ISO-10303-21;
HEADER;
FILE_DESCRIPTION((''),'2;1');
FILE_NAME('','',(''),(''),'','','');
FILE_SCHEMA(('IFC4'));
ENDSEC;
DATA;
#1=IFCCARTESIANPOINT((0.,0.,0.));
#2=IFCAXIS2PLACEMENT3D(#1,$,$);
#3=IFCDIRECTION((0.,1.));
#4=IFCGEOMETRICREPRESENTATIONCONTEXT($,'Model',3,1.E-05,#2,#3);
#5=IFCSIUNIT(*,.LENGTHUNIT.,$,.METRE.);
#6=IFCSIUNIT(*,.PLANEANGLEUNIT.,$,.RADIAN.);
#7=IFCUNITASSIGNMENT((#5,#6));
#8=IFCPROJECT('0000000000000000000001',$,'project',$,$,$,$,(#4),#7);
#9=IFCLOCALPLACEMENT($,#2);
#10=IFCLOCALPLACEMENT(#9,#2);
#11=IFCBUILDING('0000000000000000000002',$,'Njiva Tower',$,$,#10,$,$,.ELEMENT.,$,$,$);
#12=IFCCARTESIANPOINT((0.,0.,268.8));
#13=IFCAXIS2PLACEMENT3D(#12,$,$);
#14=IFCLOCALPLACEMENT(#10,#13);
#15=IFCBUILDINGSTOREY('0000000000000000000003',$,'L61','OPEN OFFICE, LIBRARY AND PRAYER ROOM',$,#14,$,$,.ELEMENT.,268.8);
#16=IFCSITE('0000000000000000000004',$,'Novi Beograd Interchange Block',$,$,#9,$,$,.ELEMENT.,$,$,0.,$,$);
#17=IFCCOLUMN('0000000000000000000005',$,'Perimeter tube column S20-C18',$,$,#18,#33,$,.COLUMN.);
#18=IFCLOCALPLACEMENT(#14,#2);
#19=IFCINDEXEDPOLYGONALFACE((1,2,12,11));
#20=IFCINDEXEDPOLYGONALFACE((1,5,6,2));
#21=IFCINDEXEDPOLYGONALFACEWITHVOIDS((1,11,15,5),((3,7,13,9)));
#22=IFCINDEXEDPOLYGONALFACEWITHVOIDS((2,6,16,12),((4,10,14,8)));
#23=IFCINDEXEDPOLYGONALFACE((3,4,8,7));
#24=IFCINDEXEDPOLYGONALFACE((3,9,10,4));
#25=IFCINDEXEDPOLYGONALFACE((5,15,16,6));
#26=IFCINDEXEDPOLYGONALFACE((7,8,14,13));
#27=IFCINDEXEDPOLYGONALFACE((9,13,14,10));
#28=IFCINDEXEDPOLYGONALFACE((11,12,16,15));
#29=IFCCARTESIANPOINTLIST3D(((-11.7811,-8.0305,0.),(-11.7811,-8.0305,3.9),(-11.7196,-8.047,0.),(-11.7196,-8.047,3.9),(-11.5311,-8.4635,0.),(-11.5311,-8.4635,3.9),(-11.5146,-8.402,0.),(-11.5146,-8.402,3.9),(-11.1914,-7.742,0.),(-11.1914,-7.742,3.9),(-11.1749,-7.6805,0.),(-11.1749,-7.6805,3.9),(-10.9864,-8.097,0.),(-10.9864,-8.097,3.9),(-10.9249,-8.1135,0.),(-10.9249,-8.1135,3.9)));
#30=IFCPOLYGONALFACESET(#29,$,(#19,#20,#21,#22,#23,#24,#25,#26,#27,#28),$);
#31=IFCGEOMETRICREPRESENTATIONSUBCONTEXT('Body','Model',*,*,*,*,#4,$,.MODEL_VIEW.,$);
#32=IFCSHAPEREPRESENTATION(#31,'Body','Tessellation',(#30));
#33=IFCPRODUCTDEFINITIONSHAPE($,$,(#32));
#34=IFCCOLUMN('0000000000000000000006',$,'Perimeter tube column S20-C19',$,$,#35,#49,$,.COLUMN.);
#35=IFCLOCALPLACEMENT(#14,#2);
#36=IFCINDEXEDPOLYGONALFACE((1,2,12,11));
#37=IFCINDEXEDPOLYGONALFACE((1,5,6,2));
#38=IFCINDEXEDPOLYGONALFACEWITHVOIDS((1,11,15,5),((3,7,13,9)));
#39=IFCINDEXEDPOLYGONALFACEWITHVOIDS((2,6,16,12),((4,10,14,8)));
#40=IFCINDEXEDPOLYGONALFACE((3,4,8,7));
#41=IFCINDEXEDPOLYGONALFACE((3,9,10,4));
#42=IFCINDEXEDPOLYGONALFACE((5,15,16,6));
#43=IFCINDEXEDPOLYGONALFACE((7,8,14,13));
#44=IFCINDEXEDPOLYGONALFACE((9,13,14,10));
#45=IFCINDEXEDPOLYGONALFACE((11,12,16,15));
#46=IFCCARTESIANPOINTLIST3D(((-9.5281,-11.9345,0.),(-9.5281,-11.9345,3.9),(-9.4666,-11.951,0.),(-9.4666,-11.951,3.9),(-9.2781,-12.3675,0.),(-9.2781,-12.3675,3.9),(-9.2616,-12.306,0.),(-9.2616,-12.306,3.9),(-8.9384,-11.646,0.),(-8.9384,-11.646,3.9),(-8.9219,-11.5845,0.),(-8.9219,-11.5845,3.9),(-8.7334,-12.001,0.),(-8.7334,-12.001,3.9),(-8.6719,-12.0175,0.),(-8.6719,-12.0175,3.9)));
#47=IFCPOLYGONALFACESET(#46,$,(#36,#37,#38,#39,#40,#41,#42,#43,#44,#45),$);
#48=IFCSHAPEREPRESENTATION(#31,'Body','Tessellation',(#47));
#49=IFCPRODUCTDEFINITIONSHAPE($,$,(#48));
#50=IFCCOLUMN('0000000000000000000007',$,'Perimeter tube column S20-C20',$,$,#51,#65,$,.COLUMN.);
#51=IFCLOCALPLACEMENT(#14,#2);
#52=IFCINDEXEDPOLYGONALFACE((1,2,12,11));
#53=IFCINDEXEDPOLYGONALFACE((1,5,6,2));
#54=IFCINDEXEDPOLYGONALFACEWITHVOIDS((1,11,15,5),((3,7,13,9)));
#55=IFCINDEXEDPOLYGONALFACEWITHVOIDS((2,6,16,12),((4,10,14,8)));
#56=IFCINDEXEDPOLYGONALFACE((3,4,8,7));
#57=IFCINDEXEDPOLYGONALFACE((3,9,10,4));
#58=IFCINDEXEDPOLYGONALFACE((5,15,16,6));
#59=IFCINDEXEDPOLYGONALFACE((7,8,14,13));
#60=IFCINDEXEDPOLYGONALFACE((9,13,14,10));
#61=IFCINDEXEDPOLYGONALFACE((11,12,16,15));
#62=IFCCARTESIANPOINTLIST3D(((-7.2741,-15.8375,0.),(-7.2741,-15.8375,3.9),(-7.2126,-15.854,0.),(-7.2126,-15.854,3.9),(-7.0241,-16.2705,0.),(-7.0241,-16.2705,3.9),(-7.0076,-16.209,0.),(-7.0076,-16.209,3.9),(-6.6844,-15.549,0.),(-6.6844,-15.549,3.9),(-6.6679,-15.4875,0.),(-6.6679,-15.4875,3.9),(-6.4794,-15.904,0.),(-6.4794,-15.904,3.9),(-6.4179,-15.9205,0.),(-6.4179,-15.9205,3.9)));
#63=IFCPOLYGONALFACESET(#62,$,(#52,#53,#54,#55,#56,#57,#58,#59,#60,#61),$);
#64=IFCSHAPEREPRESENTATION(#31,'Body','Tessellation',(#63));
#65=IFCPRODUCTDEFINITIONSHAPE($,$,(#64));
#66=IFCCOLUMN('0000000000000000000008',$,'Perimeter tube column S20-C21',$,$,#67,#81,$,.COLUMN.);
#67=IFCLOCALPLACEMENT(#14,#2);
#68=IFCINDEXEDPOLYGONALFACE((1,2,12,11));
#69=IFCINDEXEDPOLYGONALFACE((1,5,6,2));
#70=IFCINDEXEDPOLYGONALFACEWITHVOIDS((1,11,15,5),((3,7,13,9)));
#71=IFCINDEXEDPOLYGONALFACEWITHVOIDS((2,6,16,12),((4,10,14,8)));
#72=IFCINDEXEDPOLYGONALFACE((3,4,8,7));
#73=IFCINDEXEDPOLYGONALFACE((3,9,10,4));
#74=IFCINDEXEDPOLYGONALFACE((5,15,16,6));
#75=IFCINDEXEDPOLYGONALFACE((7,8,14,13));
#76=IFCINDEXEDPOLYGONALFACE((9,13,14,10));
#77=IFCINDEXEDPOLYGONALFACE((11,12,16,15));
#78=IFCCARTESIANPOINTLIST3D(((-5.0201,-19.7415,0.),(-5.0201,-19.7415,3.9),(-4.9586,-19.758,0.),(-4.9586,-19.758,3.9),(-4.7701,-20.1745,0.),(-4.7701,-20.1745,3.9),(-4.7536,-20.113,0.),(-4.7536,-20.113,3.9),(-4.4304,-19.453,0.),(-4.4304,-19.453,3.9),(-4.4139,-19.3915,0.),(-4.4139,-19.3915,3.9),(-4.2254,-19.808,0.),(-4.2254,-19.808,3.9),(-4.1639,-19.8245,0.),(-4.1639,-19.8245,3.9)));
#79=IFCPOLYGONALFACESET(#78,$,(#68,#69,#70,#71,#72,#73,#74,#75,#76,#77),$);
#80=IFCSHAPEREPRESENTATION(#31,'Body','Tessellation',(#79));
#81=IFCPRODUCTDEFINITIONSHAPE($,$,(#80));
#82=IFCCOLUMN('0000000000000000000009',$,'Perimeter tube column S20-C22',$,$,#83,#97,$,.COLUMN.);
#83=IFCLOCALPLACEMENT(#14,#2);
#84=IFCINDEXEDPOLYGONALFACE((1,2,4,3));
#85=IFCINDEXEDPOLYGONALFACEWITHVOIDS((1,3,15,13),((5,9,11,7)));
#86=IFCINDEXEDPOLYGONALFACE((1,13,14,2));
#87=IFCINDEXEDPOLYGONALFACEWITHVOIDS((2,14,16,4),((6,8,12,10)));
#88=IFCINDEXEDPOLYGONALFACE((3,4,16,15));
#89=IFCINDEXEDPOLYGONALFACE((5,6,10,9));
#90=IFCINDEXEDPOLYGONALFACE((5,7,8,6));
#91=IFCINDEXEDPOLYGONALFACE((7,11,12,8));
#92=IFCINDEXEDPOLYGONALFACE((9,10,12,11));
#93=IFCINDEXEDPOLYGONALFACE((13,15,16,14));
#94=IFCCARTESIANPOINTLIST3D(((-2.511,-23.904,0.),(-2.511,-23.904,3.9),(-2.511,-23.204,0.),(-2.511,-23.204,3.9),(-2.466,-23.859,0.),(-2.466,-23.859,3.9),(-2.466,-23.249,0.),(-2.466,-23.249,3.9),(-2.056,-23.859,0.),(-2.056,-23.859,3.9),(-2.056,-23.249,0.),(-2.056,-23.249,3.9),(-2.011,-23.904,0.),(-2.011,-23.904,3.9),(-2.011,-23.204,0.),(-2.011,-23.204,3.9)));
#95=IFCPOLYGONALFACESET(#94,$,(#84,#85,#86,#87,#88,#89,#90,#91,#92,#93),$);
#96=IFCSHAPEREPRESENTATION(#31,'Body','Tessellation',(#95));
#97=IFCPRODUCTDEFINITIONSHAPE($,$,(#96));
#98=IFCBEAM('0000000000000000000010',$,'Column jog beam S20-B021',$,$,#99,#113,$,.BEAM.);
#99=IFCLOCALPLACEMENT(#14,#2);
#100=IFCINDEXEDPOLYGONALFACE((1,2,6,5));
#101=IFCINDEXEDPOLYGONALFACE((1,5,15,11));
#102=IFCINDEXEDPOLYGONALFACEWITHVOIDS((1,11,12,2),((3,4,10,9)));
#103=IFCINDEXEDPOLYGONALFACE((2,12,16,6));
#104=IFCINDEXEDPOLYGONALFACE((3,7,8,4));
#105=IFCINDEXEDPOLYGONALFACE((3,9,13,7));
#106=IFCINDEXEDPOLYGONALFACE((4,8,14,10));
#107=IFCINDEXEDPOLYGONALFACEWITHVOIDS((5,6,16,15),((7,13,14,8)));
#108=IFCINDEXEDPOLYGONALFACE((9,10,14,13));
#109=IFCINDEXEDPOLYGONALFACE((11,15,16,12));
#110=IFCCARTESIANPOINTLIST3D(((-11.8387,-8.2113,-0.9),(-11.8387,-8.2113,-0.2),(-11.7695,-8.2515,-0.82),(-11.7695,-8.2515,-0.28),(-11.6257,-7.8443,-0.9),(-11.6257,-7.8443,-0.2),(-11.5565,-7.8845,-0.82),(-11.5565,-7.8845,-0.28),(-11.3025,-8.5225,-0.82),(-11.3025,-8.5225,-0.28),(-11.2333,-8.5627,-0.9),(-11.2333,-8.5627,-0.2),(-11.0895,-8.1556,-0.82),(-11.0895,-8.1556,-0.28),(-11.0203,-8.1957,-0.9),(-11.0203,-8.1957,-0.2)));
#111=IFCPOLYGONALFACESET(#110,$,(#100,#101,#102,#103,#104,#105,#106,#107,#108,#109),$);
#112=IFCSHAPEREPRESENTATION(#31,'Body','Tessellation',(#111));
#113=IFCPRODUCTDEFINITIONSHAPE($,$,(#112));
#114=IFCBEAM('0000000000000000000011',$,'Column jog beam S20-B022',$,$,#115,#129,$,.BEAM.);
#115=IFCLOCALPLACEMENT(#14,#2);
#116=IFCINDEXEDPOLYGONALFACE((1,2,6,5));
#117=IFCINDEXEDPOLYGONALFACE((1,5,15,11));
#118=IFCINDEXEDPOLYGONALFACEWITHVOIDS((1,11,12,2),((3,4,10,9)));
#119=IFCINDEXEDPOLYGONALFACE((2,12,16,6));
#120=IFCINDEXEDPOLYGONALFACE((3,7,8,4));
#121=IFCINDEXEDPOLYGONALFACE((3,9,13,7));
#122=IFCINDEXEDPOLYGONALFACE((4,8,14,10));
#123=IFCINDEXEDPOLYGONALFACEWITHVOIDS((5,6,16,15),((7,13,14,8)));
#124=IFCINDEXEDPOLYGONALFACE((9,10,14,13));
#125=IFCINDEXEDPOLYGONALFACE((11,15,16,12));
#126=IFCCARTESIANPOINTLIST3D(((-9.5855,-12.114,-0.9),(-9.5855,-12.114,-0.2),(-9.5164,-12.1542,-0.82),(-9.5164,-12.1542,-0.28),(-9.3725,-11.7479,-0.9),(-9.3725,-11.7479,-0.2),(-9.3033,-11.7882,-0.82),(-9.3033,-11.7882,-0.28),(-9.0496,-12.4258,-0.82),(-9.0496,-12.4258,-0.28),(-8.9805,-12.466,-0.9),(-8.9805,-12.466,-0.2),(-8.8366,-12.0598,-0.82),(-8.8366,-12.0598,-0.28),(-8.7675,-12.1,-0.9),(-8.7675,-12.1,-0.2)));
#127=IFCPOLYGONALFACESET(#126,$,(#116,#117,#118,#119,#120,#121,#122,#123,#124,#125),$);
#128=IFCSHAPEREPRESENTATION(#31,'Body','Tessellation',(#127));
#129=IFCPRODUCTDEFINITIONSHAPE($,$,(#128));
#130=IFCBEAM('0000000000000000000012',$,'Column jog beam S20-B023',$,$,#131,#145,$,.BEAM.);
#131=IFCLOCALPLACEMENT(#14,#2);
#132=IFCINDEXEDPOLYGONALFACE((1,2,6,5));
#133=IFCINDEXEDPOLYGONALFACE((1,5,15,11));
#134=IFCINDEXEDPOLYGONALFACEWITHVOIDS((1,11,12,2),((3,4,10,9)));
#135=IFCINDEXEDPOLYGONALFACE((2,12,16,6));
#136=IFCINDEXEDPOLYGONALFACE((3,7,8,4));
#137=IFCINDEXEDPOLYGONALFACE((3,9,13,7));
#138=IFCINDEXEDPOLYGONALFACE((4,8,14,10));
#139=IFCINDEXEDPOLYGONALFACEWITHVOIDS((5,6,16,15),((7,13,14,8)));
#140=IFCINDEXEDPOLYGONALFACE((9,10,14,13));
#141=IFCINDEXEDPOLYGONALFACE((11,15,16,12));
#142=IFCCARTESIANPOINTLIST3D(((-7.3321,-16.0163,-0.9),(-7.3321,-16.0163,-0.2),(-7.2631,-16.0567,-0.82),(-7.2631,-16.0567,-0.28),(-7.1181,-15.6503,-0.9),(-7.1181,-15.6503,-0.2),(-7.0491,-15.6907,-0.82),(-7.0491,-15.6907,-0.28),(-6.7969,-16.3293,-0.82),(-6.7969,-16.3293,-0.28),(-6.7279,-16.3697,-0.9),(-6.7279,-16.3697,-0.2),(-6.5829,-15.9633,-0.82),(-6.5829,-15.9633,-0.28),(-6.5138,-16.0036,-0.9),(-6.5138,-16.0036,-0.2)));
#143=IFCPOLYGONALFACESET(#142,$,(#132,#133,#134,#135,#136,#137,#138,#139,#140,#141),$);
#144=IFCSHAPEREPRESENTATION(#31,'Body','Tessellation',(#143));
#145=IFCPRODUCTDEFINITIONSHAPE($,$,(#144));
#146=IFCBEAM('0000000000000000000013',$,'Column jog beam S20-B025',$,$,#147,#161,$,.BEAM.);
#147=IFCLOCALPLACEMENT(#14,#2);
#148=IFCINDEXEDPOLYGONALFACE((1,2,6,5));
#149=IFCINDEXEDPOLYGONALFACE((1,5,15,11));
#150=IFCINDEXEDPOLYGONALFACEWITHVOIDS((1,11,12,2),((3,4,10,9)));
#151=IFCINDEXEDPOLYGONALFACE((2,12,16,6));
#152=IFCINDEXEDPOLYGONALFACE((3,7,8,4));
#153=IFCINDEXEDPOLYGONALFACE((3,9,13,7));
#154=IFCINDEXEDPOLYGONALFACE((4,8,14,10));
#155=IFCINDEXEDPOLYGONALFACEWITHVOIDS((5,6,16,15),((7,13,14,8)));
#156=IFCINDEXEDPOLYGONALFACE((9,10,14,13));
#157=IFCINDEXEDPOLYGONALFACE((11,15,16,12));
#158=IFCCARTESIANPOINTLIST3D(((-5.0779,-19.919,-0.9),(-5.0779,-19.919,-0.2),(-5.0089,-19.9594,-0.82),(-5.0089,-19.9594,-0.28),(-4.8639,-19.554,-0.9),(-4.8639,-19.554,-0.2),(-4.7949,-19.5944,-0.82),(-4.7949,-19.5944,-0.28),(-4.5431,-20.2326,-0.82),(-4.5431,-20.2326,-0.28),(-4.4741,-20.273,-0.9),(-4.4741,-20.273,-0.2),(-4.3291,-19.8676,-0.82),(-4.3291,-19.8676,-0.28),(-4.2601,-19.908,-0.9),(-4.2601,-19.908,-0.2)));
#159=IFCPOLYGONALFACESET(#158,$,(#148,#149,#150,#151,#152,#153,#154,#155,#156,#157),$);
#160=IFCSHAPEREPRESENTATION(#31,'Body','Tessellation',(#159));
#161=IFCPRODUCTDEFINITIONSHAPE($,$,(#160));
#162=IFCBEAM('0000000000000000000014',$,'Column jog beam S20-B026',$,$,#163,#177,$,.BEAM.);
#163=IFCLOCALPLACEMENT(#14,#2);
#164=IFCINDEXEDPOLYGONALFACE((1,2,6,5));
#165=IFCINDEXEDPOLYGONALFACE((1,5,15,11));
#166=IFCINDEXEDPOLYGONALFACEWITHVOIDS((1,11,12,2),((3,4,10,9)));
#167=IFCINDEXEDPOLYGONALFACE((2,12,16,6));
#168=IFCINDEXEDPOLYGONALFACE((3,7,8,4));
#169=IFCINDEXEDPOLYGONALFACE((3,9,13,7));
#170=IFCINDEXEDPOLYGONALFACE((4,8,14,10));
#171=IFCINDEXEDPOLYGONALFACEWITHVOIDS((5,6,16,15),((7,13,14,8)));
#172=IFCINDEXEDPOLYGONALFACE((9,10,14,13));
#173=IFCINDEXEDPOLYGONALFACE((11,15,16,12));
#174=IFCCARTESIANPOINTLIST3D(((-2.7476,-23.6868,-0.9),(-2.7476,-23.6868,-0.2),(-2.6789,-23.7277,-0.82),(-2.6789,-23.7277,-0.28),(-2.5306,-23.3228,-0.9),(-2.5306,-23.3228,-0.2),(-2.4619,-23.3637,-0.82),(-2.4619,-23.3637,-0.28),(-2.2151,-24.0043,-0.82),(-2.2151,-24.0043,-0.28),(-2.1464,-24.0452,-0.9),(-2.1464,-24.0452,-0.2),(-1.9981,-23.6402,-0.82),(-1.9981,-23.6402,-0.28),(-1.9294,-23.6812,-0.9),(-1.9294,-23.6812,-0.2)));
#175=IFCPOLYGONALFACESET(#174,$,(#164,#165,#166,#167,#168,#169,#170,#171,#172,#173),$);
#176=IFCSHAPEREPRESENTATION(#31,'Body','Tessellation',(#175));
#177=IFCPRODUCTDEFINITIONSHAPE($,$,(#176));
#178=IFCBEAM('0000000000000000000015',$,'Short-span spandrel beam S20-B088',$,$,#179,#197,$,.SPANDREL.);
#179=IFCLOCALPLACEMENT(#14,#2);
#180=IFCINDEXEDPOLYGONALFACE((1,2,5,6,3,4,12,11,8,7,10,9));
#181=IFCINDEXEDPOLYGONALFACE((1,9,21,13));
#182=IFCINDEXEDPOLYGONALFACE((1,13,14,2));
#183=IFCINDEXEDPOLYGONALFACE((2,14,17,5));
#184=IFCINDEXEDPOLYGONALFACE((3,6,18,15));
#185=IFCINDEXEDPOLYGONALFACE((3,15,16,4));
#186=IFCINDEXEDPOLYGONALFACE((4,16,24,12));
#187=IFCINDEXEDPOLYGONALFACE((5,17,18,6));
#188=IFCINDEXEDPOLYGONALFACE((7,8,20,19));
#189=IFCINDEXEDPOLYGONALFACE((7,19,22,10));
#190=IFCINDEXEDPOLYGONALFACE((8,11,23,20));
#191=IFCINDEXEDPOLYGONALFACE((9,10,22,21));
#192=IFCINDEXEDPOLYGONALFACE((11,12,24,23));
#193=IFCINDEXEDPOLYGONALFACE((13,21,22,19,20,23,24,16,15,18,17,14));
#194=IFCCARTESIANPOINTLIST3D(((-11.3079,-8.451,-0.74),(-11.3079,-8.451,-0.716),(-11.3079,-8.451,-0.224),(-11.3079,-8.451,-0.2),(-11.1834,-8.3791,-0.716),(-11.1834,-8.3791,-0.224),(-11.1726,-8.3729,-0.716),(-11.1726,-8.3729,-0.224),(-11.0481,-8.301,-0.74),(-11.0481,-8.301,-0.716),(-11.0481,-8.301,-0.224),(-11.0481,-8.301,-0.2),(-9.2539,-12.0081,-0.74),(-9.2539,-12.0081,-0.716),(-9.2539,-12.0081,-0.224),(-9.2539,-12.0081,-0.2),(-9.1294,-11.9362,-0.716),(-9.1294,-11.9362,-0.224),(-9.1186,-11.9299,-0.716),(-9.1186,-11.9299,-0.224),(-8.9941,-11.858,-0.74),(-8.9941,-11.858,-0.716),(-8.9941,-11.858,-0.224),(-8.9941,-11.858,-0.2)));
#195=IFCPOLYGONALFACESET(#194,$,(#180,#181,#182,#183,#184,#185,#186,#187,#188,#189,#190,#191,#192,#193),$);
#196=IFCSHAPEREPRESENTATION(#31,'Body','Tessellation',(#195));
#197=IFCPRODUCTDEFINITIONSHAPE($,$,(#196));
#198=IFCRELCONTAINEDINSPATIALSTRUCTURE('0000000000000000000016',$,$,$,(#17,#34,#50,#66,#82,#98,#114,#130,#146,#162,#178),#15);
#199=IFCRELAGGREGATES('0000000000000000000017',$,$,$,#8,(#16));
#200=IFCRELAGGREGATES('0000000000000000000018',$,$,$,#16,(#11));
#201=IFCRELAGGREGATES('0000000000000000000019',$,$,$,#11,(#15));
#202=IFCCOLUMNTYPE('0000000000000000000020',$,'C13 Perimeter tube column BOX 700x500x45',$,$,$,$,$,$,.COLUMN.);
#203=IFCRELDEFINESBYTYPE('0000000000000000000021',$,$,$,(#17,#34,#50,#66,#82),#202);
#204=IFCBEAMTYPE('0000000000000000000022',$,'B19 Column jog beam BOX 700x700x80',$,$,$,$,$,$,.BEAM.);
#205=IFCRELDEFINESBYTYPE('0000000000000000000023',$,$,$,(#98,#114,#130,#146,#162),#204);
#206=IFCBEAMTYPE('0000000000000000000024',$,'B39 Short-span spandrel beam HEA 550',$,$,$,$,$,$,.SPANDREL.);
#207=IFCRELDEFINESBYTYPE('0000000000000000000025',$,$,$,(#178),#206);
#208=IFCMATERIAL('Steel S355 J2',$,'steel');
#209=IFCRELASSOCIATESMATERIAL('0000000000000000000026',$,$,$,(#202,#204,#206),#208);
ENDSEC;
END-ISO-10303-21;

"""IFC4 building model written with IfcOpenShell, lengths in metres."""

from ifc_helpers import new_model, si_unit, direction, frame, origin, origin_2d, place, context, subcontext, project, spatial, hollow_rectangle, i_section, extrude, material, material_profile, profile_set, type_object, element, save


model = new_model("IFC4")

# Units and contexts
model_context = context("Model", 3, precision=1e-05, world=origin(), true_north=direction((0.0, 1.0)))
body_context = subcontext(model_context, "Body", "Model", "MODEL_VIEW")
ifc_project = project(units=[si_unit("LENGTHUNIT", "METRE"), si_unit("PLANEANGLEUNIT", "RADIAN")], contexts=[model_context])

# Site, building, storey
site_placement = place(None, origin())
site = spatial("IfcSite", under=ifc_project, at=site_placement, Name="Novi Beograd Interchange Block", CompositionType="ELEMENT", RefElevation=0.0)
building_placement = place(site_placement, origin())
building = spatial("IfcBuilding", under=site, at=building_placement, Name="Njiva Tower", CompositionType="ELEMENT")
storey_placement = place(building_placement, frame((0.0, 0.0, 268.8)))
storey = spatial("IfcBuildingStorey", under=building, at=storey_placement, Name="L61", Description="OPEN OFFICE, LIBRARY AND PRAYER ROOM", CompositionType="ELEMENT", Elevation=268.8)

# Columns
ifc_material_1 = material(Name="Steel S355 J2", Category="steel")
ifc_material_profile_1 = material_profile(ifc_material_1, hollow_rectangle(XDim=0.5, YDim=0.7, WallThickness=0.045, at=origin_2d()), Name="BOX 700x500x45")
ifc_profile_set_1 = profile_set([ifc_material_profile_1], Name="Steel S355 J2")
column_type = type_object("IfcColumnType", Name="C13 Perimeter tube column BOX 700x500x45", PredefinedType="COLUMN", material=ifc_profile_set_1)
for number, where, z_axis, x_axis, name in (
    (1, (-11.353, -8.072, 0.0), (0.0, 0.0, 1.0), (0.5, -0.866025, 0.0), "Perimeter tube column S20-C18"),
    (2, (-9.1, -11.976, 0.0), (0.0, 0.0, 1.0), (0.5, -0.866025, 0.0), "Perimeter tube column S20-C19"),
    (3, (-6.846, -15.879, 0.0), (0.0, 0.0, 1.0), (0.5, -0.866025, 0.0), "Perimeter tube column S20-C20"),
    (4, (-4.592, -19.783, 0.0), (0.0, 0.0, 1.0), (0.5, -0.866025, 0.0), "Perimeter tube column S20-C21"),
    (5, (-2.261, -23.554, 0.0), (0.0, 0.0, 1.0), (1.0, 0.0, 0.0), "Perimeter tube column S20-C22"),
):
    element("IfcColumn", number, at=place(storey_placement, frame(where, z_axis=z_axis, x_axis=x_axis)), inside=storey, type_object=column_type, Name=name, PredefinedType="COLUMN", context=body_context, shape_type="SweptSolid", body=[
        extrude(hollow_rectangle(XDim=0.5, YDim=0.7, WallThickness=0.045, at=origin_2d()), origin(), (0.0, 0.0, 1.0), 3.9),
    ])

# Beams
ifc_material_profile_2 = material_profile(ifc_material_1, hollow_rectangle(XDim=0.7, YDim=0.7, WallThickness=0.08, at=origin_2d()), Name="BOX 700x700x80")
ifc_profile_set_2 = profile_set([ifc_material_profile_2], Name="Steel S355 J2")
beam_type_1 = type_object("IfcBeamType", Name="B19 Column jog beam BOX 700x700x80", PredefinedType="BEAM", material=ifc_profile_set_2)
beam_1_placement = place(storey_placement, frame((-11.536, -8.387, -0.55), z_axis=(0.501965, 0.864888, 0.0), x_axis=(-0.864888, 0.501965, 0.0)))
element("IfcBeam", 6, at=beam_1_placement, inside=storey, type_object=beam_type_1, Name="Column jog beam S20-B021", PredefinedType="BEAM", context=body_context, shape_type="SweptSolid", body=[
    extrude(hollow_rectangle(XDim=0.7, YDim=0.7, WallThickness=0.08, at=origin_2d()), origin(), (0.0, 0.0, 1.0), 0.4243),
])
beam_2_placement = place(storey_placement, frame((-9.283, -12.29, -0.55), z_axis=(0.50299, 0.864292, 0.0), x_axis=(-0.864292, 0.50299, 0.0)))
element("IfcBeam", 7, at=beam_2_placement, inside=storey, type_object=beam_type_1, Name="Column jog beam S20-B022", PredefinedType="BEAM", context=body_context, shape_type="SweptSolid", body=[
    extrude(hollow_rectangle(XDim=0.7, YDim=0.7, WallThickness=0.08, at=origin_2d()), origin(), (0.0, 0.0, 1.0), 0.4235),
])
beam_3_placement = place(storey_placement, frame((-7.03, -16.193, -0.55), z_axis=(0.504751, 0.863265, 0.0), x_axis=(-0.863265, 0.504751, 0.0)))
element("IfcBeam", 8, at=beam_3_placement, inside=storey, type_object=beam_type_1, Name="Column jog beam S20-B023", PredefinedType="BEAM", context=body_context, shape_type="SweptSolid", body=[
    extrude(hollow_rectangle(XDim=0.7, YDim=0.7, WallThickness=0.08, at=origin_2d()), origin(), (0.0, 0.0, 1.0), 0.424),
])
beam_4_placement = place(storey_placement, frame((-4.776, -20.096, -0.55), z_axis=(0.50578, 0.862662, 0.0), x_axis=(-0.862662, 0.50578, 0.0)))
element("IfcBeam", 9, at=beam_4_placement, inside=storey, type_object=beam_type_1, Name="Column jog beam S20-B025", PredefinedType="BEAM", context=body_context, shape_type="SweptSolid", body=[
    extrude(hollow_rectangle(XDim=0.7, YDim=0.7, WallThickness=0.08, at=origin_2d()), origin(), (0.0, 0.0, 1.0), 0.4231),
])
beam_5_placement = place(storey_placement, frame((-2.447, -23.866, -0.55), z_axis=(0.512065, 0.858947, 0.0), x_axis=(-0.858947, 0.512065, 0.0)))
element("IfcBeam", 10, at=beam_5_placement, inside=storey, type_object=beam_type_1, Name="Column jog beam S20-B026", PredefinedType="BEAM", context=body_context, shape_type="SweptSolid", body=[
    extrude(hollow_rectangle(XDim=0.7, YDim=0.7, WallThickness=0.08, at=origin_2d()), origin(), (0.0, 0.0, 1.0), 0.4238),
])
ifc_material_profile_3 = material_profile(ifc_material_1, i_section(OverallWidth=0.3, OverallDepth=0.54, WebThickness=0.0125, FlangeThickness=0.024, at=origin_2d()), Name="HEA 550")
ifc_profile_set_3 = profile_set([ifc_material_profile_3], Name="Steel S355 J2")
beam_type_2 = type_object("IfcBeamType", Name="B39 Short-span spandrel beam HEA 550", PredefinedType="SPANDREL", material=ifc_profile_set_3)
beam_6_placement = place(storey_placement, frame((-11.178, -8.376, -0.47), z_axis=(0.500067, -0.865987, 0.0), x_axis=(0.865987, 0.500067, 0.0)))
element("IfcBeam", 11, at=beam_6_placement, inside=storey, type_object=beam_type_2, Name="Short-span spandrel beam S20-B088", PredefinedType="SPANDREL", context=body_context, shape_type="SweptSolid", body=[
    extrude(i_section(OverallWidth=0.3, OverallDepth=0.54, WebThickness=0.0125, FlangeThickness=0.024, at=origin_2d()), origin(), (0.0, 0.0, 1.0), 4.1075),
])

save(model, "model.ifc")
